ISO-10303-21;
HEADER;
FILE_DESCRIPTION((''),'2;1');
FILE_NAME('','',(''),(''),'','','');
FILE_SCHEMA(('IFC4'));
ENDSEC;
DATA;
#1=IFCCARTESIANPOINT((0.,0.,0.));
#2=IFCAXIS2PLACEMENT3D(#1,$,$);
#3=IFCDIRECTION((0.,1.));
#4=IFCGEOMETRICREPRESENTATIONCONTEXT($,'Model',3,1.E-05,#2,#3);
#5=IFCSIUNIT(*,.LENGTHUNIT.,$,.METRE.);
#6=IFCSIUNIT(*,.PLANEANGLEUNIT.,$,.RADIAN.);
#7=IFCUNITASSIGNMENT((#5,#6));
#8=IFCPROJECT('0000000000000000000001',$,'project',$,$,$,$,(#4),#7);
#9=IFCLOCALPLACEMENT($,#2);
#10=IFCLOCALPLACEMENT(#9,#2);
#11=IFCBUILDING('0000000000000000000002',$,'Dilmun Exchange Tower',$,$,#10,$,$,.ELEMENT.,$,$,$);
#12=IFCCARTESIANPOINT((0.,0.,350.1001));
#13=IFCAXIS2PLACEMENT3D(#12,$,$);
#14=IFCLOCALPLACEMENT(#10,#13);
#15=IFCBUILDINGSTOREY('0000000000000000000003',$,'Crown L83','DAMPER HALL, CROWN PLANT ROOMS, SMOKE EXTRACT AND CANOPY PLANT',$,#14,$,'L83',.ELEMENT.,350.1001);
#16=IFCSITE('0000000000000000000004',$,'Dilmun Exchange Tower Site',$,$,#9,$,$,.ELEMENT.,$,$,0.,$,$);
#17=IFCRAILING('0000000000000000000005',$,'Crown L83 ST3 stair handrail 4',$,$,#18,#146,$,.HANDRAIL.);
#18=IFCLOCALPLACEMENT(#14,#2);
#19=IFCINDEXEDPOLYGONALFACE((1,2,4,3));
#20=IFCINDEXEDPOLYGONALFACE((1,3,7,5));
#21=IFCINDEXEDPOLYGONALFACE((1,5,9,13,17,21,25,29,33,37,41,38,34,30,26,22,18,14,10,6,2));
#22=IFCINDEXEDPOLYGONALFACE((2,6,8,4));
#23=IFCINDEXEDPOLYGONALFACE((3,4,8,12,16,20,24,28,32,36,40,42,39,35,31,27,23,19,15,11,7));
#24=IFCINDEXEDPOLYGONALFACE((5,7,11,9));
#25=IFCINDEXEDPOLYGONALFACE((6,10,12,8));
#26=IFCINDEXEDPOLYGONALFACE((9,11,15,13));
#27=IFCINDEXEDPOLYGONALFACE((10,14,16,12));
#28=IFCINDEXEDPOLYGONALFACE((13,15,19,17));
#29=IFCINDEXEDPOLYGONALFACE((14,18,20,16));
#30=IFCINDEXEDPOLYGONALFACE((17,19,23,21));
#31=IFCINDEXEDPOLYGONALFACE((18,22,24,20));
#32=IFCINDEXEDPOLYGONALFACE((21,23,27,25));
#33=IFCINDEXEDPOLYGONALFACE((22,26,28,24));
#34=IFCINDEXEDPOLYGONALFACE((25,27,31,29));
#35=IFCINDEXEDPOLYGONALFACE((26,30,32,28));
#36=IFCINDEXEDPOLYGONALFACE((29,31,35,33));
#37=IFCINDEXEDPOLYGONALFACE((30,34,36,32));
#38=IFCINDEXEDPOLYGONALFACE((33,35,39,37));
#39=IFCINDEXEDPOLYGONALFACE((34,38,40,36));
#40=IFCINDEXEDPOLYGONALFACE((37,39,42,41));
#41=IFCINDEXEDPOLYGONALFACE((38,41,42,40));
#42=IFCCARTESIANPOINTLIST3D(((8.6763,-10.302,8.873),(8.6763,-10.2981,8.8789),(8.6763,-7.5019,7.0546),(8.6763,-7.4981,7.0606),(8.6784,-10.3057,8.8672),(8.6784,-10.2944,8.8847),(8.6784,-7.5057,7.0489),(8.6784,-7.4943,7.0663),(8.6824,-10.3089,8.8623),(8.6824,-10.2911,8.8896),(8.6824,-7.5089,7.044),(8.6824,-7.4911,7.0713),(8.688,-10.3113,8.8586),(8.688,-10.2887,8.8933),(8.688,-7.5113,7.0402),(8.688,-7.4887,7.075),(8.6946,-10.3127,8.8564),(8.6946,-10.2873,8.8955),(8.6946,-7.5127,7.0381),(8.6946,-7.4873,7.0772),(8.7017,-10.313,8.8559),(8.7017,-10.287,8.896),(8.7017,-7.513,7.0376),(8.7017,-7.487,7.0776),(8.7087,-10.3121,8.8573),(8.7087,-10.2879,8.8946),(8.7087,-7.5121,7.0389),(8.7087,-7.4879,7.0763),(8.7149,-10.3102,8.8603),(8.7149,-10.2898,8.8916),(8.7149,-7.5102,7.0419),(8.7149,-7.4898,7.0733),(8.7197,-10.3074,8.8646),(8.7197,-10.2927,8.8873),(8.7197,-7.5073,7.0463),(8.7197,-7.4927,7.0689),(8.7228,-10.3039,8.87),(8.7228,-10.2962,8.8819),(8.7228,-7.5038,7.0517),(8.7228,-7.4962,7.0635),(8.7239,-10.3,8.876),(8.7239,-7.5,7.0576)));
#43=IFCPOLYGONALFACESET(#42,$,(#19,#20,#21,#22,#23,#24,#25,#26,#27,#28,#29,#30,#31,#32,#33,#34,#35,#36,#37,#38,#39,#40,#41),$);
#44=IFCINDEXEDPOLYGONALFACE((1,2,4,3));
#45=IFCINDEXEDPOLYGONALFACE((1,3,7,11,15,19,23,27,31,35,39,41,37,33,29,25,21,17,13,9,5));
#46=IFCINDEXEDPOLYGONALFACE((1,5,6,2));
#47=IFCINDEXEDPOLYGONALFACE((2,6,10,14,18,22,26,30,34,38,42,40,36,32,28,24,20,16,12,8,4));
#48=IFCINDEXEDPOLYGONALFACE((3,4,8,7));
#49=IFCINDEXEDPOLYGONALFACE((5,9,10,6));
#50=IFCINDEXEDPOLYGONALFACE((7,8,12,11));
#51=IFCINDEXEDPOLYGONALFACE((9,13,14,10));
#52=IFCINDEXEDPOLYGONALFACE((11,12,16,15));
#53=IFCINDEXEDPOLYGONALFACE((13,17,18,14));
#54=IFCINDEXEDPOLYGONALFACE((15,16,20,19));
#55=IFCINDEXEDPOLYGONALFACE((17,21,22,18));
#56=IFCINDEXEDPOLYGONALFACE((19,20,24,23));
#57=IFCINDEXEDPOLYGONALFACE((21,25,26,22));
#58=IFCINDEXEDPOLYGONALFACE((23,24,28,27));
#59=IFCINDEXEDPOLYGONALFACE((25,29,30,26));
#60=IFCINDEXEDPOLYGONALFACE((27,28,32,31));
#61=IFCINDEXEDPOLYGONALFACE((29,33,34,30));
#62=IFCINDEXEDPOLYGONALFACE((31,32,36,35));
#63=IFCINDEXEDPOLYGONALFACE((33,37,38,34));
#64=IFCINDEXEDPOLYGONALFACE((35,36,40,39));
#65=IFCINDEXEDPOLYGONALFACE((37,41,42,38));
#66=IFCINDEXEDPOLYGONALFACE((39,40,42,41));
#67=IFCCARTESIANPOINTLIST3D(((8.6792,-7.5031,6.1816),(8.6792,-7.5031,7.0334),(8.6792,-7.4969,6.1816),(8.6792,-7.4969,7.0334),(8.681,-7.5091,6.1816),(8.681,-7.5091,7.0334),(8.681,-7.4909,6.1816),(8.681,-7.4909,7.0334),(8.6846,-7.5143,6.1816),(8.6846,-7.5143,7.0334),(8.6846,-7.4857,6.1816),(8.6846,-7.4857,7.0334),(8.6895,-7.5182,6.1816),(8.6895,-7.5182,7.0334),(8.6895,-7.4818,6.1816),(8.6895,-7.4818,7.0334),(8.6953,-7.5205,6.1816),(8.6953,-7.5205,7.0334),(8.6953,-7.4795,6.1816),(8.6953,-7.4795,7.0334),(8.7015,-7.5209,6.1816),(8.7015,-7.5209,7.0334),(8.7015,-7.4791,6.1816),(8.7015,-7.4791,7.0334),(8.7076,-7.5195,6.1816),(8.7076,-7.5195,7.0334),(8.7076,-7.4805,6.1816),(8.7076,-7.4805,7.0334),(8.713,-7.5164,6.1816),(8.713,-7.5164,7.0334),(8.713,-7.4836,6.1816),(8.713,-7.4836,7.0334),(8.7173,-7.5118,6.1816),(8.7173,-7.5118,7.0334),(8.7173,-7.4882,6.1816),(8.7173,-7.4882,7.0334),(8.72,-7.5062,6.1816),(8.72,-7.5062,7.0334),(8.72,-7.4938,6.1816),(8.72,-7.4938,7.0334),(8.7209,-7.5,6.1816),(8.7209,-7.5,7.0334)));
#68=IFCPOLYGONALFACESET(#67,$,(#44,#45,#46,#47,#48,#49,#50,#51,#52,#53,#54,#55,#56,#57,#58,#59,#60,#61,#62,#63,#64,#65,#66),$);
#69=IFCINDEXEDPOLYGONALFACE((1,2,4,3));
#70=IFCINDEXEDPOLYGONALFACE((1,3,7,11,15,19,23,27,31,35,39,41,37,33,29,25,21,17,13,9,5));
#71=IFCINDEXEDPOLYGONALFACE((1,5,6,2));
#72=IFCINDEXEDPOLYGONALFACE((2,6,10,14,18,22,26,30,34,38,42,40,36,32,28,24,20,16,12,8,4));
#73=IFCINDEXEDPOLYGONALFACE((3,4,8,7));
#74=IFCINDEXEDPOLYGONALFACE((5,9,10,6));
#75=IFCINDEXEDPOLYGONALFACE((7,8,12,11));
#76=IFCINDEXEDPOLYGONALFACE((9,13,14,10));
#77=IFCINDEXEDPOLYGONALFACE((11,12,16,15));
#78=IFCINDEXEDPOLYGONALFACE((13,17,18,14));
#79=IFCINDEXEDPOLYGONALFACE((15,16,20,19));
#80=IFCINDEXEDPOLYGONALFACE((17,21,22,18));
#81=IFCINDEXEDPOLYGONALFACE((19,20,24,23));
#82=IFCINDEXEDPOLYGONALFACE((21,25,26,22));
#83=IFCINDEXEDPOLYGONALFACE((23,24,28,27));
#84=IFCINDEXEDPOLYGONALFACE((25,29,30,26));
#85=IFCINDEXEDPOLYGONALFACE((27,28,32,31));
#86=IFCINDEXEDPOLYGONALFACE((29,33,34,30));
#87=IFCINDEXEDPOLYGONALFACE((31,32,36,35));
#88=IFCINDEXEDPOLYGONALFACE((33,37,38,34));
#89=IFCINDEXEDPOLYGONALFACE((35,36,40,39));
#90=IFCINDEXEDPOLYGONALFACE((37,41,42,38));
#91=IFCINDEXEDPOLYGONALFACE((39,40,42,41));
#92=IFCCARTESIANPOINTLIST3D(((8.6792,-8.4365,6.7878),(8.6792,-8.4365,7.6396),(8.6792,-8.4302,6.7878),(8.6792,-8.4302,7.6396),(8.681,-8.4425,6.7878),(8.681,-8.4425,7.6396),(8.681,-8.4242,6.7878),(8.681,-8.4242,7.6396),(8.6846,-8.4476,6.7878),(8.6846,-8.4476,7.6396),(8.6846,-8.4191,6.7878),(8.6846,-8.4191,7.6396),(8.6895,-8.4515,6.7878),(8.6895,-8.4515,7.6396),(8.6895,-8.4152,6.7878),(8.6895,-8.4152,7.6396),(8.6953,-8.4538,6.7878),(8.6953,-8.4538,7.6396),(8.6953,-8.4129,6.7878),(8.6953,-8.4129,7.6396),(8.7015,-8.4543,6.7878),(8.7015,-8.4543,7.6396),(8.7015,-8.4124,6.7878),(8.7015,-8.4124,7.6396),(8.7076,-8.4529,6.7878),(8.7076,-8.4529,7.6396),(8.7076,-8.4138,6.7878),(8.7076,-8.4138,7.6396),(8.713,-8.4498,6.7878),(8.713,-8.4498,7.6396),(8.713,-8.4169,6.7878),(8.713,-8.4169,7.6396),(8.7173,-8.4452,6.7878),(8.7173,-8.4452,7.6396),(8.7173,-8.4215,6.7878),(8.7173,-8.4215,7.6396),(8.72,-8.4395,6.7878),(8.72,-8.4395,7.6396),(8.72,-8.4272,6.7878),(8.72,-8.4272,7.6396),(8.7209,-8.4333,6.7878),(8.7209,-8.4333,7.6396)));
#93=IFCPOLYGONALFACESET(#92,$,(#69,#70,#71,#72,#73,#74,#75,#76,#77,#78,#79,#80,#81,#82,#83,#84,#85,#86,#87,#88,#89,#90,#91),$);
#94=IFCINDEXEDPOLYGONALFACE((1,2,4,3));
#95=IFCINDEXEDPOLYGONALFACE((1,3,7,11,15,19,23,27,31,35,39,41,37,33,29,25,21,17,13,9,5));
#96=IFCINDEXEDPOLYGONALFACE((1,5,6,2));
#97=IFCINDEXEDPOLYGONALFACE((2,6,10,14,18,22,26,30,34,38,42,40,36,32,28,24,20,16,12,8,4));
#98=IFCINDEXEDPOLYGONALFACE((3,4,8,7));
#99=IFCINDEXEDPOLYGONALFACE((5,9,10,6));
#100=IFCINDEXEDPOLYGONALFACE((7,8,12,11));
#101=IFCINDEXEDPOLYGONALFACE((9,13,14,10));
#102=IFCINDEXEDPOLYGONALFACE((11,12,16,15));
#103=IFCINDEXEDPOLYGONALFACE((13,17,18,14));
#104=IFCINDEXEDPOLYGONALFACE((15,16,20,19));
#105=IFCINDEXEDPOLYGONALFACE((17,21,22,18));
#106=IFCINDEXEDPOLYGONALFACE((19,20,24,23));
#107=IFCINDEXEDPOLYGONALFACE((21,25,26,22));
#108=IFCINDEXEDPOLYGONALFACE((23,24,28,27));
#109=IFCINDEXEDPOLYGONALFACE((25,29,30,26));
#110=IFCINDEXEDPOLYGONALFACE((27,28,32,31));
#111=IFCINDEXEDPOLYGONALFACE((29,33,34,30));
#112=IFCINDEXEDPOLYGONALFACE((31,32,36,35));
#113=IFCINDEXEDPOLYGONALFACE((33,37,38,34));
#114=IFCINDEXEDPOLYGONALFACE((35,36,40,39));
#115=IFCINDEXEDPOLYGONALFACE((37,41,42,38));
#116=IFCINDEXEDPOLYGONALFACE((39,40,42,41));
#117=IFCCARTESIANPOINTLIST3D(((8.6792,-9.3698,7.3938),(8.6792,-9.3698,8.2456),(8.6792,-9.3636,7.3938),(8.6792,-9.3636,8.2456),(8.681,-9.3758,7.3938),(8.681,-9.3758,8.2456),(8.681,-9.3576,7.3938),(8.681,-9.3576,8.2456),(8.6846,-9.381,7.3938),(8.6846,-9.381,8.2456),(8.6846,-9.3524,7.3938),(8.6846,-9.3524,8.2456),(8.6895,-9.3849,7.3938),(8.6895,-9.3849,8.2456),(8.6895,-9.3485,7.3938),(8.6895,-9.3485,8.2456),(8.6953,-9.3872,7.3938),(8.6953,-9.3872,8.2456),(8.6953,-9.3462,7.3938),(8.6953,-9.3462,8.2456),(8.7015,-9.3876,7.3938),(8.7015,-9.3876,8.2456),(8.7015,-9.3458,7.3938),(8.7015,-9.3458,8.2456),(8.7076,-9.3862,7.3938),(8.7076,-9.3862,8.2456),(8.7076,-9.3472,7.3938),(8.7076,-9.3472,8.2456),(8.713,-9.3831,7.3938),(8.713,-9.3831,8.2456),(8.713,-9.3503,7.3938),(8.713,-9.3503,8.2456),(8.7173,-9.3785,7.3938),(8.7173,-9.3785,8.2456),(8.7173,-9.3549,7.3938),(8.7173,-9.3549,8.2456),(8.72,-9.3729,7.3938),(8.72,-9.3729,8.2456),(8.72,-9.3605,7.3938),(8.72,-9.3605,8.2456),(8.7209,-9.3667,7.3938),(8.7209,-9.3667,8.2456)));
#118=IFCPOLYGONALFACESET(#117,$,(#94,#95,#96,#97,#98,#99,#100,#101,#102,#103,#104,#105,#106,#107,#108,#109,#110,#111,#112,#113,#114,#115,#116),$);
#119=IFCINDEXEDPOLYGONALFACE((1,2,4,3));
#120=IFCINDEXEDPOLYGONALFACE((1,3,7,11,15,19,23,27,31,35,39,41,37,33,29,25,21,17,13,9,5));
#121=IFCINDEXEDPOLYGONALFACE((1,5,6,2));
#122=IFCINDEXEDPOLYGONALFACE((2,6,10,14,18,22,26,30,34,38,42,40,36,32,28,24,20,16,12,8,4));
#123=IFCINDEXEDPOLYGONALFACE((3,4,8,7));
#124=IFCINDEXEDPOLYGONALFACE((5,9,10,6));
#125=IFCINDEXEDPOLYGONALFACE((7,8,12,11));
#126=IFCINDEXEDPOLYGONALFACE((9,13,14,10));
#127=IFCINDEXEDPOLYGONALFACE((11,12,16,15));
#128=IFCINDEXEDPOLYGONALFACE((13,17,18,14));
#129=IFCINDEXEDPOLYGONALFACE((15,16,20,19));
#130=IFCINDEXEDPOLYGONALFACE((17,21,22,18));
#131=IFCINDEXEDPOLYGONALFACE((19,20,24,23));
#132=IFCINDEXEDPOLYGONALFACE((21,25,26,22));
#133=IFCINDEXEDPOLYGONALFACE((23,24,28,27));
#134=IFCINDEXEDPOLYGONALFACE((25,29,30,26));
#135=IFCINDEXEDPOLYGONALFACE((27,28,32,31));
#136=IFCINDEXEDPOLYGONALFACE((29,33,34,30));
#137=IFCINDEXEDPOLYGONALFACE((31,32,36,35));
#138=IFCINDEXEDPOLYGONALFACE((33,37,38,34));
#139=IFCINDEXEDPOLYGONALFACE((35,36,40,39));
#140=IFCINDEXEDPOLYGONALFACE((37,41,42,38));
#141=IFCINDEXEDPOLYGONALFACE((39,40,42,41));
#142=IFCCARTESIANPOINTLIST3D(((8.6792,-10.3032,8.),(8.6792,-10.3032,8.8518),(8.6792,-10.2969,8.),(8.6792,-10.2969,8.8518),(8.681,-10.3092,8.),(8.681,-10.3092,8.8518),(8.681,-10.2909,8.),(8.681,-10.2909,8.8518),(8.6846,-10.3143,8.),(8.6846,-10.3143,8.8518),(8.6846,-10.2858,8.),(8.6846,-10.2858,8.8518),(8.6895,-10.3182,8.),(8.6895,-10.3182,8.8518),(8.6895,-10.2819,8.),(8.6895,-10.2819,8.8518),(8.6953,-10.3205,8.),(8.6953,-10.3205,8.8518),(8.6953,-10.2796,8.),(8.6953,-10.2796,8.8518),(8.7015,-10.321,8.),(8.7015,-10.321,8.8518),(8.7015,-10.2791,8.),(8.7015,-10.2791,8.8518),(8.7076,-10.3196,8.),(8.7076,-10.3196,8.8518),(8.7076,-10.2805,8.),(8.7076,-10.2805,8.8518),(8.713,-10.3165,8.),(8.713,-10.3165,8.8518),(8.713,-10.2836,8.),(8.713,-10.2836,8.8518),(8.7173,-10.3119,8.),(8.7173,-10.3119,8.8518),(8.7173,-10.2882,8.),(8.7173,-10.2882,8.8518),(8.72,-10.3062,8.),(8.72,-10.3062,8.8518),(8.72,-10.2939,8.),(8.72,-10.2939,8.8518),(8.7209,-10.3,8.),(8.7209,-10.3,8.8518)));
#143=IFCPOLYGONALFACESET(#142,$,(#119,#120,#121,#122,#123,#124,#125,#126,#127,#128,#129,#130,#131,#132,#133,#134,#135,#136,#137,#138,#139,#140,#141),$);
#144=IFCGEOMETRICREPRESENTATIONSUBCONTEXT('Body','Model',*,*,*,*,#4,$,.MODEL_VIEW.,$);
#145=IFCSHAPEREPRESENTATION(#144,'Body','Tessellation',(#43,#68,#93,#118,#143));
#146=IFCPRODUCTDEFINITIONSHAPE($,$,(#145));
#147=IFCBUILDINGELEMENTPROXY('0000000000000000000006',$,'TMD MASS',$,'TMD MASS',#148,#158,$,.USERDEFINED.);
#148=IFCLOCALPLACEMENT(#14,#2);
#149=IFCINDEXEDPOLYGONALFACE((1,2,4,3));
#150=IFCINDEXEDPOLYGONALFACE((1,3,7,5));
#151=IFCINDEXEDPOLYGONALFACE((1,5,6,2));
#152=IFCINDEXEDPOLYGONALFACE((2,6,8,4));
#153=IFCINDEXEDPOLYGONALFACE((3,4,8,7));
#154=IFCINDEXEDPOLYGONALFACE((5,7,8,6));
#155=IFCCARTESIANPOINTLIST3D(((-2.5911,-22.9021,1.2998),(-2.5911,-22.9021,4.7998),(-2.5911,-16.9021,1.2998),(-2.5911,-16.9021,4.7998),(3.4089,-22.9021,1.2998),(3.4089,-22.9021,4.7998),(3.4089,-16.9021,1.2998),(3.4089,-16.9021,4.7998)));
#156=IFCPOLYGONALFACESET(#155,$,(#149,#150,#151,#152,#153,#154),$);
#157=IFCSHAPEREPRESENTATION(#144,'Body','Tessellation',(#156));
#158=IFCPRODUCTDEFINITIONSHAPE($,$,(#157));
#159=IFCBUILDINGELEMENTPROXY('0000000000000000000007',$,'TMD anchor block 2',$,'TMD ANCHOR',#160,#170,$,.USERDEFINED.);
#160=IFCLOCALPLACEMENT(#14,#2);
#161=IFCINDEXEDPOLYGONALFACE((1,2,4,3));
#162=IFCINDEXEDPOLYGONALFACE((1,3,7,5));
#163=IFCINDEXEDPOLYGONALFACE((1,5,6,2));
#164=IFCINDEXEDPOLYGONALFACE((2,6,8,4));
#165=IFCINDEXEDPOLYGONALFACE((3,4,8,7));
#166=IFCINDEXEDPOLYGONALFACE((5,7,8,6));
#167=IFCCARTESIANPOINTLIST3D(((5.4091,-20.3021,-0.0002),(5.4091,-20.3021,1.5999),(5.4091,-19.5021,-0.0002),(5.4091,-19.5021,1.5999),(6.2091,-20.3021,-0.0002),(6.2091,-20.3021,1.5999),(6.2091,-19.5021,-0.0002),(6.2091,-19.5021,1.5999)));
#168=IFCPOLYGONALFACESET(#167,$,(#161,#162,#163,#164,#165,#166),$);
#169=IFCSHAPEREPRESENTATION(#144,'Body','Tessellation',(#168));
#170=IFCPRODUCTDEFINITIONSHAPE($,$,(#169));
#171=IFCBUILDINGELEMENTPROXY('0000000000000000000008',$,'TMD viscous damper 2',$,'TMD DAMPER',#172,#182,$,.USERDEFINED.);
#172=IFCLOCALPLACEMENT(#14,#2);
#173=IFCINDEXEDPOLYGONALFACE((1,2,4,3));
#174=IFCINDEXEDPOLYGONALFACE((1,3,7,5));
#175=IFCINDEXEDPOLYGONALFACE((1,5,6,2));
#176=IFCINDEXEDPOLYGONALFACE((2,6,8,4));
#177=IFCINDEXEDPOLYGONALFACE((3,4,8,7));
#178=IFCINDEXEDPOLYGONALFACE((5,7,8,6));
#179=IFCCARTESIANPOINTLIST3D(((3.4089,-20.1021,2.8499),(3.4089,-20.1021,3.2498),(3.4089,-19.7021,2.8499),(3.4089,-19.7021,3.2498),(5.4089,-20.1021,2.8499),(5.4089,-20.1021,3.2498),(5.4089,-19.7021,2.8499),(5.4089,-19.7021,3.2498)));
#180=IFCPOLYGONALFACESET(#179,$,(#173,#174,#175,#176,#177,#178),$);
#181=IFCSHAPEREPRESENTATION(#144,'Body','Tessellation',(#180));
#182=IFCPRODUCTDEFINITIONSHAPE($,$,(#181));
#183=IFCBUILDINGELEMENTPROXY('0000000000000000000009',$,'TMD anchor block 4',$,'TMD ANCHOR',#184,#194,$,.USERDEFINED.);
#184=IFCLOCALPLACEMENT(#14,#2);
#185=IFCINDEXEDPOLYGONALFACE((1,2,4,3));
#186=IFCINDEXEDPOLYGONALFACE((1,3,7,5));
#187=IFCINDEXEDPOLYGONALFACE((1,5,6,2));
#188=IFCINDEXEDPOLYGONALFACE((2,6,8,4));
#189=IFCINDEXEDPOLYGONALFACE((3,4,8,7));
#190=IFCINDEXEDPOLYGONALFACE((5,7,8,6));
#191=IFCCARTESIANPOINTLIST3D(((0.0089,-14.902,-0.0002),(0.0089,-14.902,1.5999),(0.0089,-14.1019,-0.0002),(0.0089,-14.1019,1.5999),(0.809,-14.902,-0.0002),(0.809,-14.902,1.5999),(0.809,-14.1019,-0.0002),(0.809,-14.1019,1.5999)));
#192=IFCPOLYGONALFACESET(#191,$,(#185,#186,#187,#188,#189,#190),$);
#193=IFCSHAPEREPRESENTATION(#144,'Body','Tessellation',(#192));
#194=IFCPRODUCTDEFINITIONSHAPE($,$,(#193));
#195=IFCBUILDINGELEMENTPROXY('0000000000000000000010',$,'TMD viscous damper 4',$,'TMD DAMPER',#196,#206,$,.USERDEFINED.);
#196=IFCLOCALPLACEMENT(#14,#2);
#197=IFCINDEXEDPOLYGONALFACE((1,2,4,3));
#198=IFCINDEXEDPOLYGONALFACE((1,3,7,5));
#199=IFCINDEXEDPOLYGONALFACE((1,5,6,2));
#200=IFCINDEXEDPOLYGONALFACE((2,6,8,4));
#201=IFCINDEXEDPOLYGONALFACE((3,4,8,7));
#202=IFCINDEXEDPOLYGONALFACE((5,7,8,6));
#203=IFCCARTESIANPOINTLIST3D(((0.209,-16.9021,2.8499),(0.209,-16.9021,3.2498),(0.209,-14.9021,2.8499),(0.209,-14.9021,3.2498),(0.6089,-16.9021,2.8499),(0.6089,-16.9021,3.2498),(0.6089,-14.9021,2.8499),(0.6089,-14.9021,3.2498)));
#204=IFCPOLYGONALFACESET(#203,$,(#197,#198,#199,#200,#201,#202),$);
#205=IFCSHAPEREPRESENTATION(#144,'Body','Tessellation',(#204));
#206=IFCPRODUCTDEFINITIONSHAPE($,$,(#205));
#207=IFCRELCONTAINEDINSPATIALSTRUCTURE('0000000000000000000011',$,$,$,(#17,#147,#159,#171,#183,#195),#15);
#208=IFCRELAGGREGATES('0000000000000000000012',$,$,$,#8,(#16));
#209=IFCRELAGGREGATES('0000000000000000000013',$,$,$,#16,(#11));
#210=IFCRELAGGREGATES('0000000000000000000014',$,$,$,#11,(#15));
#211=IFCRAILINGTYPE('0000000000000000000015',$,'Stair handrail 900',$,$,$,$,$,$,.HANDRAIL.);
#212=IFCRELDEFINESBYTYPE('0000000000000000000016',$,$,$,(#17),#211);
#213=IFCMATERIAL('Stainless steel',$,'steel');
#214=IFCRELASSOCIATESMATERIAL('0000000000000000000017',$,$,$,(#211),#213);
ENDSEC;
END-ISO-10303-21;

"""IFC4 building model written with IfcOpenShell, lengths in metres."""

from ifc_helpers import new_model, si_unit, direction, frame, origin, origin_2d, place, context, subcontext, project, spatial, rectangle, circle, extrude, material, type_object, element, save


model = new_model("IFC4")

# Units and contexts
model_context = context("Model", 3, precision=1e-05, world=origin(), true_north=direction((0.0, 1.0)))
body_context = subcontext(model_context, "Body", "Model", "MODEL_VIEW")
ifc_project = project(units=[si_unit("LENGTHUNIT", "METRE"), si_unit("PLANEANGLEUNIT", "RADIAN")], contexts=[model_context])

# Site, building, storey
site_placement = place(None, origin())
site = spatial("IfcSite", under=ifc_project, at=site_placement, Name="Dilmun Exchange Tower Site", CompositionType="ELEMENT", RefElevation=0.0)
building_placement = place(site_placement, origin())
building = spatial("IfcBuilding", under=site, at=building_placement, Name="Dilmun Exchange Tower", CompositionType="ELEMENT")
storey_placement = place(building_placement, frame((0.0, 0.0, 350.1001)))
storey = spatial("IfcBuildingStorey", under=building, at=storey_placement, Name="Crown L83", Description="DAMPER HALL, CROWN PLANT ROOMS, SMOKE EXTRACT AND CANOPY PLANT", LongName="L83", CompositionType="ELEMENT", Elevation=350.1001)

# Railing
ifc_material_1 = material(Name="Stainless steel", Category="steel")
railing_type = type_object("IfcRailingType", Name="Stair handrail 900", PredefinedType="HANDRAIL", material=ifc_material_1)
railing_1_placement = place(storey_placement, frame((8.7, -7.5, 6.1816)))
element("IfcRailing", 1, at=railing_1_placement, inside=storey, type_object=railing_type, Name="Crown L83 ST3 stair handrail 4", PredefinedType="HANDRAIL", context=body_context, shape_type="SweptSolid", body=[
    extrude(circle(Radius=0.0239, at=origin_2d()), frame((0.0, 0.0, 0.876), z_axis=(0.0, -0.838672, 0.544636), x_axis=(1.0, 0.0, 0.0)), (0.0, 0.0, 1.0), 3.3386),
    extrude(circle(Radius=0.021, at=origin_2d()), origin(), (0.0, 0.0, 1.0), 0.8518),
    extrude(circle(Radius=0.021, at=origin_2d()), frame((0.0, -0.9333, 0.6062)), (0.0, 0.0, 1.0), 0.8518),
    extrude(circle(Radius=0.021, at=origin_2d()), frame((0.0, -1.8667, 1.2122)), (0.0, 0.0, 1.0), 0.8518),
    extrude(circle(Radius=0.021, at=origin_2d()), frame((0.0, -2.8, 1.8184)), (0.0, 0.0, 1.0), 0.8518),
])

# Building element proxies
proxy_1_placement = place(storey_placement, frame((0.4089, -19.9021, 1.2998), z_axis=(0.0, 0.0, 1.0), x_axis=(1.0, 0.0, 0.0)))
element("IfcBuildingElementProxy", 2, at=proxy_1_placement, inside=storey, Name="TMD MASS", ObjectType="TMD MASS", PredefinedType="USERDEFINED", context=body_context, shape_type="SweptSolid", body=[
    extrude(rectangle(XDim=6.0, YDim=6.0, at=origin_2d()), origin(), (0.0, 0.0, 1.0), 3.5),
])
proxy_2_placement = place(storey_placement, frame((5.8091, -19.9021, -0.0002), z_axis=(0.0, 0.0, 1.0), x_axis=(1.0, 0.0, 0.0)))
element("IfcBuildingElementProxy", 3, at=proxy_2_placement, inside=storey, Name="TMD anchor block 2", ObjectType="TMD ANCHOR", PredefinedType="USERDEFINED", context=body_context, shape_type="SweptSolid", body=[
    extrude(rectangle(XDim=0.8, YDim=0.8, at=origin_2d()), origin(), (0.0, 0.0, 1.0), 1.6001),
])
proxy_3_placement = place(storey_placement, frame((4.4089, -19.9021, 2.8499), z_axis=(0.0, 0.0, 1.0), x_axis=(1.0, 0.0, 0.0)))
element("IfcBuildingElementProxy", 4, at=proxy_3_placement, inside=storey, Name="TMD viscous damper 2", ObjectType="TMD DAMPER", PredefinedType="USERDEFINED", context=body_context, shape_type="SweptSolid", body=[
    extrude(rectangle(XDim=2.0, YDim=0.3999, at=origin_2d()), origin(), (0.0, 0.0, 1.0), 0.3999),
])
proxy_4_placement = place(storey_placement, frame((0.4089, -14.502, -0.0002), z_axis=(0.0, 0.0, 1.0), x_axis=(1.0, 0.0, 0.0)))
element("IfcBuildingElementProxy", 5, at=proxy_4_placement, inside=storey, Name="TMD anchor block 4", ObjectType="TMD ANCHOR", PredefinedType="USERDEFINED", context=body_context, shape_type="SweptSolid", body=[
    extrude(rectangle(XDim=0.8, YDim=0.8, at=origin_2d()), origin(), (0.0, 0.0, 1.0), 1.6001),
])
proxy_5_placement = place(storey_placement, frame((0.4089, -15.9021, 2.8499), z_axis=(0.0, 0.0, 1.0), x_axis=(1.0, 0.0, 0.0)))
element("IfcBuildingElementProxy", 6, at=proxy_5_placement, inside=storey, Name="TMD viscous damper 4", ObjectType="TMD DAMPER", PredefinedType="USERDEFINED", context=body_context, shape_type="SweptSolid", body=[
    extrude(rectangle(XDim=0.3999, YDim=2.0, at=origin_2d()), origin(), (0.0, 0.0, 1.0), 0.3999),
])

save(model, "model.ifc")
